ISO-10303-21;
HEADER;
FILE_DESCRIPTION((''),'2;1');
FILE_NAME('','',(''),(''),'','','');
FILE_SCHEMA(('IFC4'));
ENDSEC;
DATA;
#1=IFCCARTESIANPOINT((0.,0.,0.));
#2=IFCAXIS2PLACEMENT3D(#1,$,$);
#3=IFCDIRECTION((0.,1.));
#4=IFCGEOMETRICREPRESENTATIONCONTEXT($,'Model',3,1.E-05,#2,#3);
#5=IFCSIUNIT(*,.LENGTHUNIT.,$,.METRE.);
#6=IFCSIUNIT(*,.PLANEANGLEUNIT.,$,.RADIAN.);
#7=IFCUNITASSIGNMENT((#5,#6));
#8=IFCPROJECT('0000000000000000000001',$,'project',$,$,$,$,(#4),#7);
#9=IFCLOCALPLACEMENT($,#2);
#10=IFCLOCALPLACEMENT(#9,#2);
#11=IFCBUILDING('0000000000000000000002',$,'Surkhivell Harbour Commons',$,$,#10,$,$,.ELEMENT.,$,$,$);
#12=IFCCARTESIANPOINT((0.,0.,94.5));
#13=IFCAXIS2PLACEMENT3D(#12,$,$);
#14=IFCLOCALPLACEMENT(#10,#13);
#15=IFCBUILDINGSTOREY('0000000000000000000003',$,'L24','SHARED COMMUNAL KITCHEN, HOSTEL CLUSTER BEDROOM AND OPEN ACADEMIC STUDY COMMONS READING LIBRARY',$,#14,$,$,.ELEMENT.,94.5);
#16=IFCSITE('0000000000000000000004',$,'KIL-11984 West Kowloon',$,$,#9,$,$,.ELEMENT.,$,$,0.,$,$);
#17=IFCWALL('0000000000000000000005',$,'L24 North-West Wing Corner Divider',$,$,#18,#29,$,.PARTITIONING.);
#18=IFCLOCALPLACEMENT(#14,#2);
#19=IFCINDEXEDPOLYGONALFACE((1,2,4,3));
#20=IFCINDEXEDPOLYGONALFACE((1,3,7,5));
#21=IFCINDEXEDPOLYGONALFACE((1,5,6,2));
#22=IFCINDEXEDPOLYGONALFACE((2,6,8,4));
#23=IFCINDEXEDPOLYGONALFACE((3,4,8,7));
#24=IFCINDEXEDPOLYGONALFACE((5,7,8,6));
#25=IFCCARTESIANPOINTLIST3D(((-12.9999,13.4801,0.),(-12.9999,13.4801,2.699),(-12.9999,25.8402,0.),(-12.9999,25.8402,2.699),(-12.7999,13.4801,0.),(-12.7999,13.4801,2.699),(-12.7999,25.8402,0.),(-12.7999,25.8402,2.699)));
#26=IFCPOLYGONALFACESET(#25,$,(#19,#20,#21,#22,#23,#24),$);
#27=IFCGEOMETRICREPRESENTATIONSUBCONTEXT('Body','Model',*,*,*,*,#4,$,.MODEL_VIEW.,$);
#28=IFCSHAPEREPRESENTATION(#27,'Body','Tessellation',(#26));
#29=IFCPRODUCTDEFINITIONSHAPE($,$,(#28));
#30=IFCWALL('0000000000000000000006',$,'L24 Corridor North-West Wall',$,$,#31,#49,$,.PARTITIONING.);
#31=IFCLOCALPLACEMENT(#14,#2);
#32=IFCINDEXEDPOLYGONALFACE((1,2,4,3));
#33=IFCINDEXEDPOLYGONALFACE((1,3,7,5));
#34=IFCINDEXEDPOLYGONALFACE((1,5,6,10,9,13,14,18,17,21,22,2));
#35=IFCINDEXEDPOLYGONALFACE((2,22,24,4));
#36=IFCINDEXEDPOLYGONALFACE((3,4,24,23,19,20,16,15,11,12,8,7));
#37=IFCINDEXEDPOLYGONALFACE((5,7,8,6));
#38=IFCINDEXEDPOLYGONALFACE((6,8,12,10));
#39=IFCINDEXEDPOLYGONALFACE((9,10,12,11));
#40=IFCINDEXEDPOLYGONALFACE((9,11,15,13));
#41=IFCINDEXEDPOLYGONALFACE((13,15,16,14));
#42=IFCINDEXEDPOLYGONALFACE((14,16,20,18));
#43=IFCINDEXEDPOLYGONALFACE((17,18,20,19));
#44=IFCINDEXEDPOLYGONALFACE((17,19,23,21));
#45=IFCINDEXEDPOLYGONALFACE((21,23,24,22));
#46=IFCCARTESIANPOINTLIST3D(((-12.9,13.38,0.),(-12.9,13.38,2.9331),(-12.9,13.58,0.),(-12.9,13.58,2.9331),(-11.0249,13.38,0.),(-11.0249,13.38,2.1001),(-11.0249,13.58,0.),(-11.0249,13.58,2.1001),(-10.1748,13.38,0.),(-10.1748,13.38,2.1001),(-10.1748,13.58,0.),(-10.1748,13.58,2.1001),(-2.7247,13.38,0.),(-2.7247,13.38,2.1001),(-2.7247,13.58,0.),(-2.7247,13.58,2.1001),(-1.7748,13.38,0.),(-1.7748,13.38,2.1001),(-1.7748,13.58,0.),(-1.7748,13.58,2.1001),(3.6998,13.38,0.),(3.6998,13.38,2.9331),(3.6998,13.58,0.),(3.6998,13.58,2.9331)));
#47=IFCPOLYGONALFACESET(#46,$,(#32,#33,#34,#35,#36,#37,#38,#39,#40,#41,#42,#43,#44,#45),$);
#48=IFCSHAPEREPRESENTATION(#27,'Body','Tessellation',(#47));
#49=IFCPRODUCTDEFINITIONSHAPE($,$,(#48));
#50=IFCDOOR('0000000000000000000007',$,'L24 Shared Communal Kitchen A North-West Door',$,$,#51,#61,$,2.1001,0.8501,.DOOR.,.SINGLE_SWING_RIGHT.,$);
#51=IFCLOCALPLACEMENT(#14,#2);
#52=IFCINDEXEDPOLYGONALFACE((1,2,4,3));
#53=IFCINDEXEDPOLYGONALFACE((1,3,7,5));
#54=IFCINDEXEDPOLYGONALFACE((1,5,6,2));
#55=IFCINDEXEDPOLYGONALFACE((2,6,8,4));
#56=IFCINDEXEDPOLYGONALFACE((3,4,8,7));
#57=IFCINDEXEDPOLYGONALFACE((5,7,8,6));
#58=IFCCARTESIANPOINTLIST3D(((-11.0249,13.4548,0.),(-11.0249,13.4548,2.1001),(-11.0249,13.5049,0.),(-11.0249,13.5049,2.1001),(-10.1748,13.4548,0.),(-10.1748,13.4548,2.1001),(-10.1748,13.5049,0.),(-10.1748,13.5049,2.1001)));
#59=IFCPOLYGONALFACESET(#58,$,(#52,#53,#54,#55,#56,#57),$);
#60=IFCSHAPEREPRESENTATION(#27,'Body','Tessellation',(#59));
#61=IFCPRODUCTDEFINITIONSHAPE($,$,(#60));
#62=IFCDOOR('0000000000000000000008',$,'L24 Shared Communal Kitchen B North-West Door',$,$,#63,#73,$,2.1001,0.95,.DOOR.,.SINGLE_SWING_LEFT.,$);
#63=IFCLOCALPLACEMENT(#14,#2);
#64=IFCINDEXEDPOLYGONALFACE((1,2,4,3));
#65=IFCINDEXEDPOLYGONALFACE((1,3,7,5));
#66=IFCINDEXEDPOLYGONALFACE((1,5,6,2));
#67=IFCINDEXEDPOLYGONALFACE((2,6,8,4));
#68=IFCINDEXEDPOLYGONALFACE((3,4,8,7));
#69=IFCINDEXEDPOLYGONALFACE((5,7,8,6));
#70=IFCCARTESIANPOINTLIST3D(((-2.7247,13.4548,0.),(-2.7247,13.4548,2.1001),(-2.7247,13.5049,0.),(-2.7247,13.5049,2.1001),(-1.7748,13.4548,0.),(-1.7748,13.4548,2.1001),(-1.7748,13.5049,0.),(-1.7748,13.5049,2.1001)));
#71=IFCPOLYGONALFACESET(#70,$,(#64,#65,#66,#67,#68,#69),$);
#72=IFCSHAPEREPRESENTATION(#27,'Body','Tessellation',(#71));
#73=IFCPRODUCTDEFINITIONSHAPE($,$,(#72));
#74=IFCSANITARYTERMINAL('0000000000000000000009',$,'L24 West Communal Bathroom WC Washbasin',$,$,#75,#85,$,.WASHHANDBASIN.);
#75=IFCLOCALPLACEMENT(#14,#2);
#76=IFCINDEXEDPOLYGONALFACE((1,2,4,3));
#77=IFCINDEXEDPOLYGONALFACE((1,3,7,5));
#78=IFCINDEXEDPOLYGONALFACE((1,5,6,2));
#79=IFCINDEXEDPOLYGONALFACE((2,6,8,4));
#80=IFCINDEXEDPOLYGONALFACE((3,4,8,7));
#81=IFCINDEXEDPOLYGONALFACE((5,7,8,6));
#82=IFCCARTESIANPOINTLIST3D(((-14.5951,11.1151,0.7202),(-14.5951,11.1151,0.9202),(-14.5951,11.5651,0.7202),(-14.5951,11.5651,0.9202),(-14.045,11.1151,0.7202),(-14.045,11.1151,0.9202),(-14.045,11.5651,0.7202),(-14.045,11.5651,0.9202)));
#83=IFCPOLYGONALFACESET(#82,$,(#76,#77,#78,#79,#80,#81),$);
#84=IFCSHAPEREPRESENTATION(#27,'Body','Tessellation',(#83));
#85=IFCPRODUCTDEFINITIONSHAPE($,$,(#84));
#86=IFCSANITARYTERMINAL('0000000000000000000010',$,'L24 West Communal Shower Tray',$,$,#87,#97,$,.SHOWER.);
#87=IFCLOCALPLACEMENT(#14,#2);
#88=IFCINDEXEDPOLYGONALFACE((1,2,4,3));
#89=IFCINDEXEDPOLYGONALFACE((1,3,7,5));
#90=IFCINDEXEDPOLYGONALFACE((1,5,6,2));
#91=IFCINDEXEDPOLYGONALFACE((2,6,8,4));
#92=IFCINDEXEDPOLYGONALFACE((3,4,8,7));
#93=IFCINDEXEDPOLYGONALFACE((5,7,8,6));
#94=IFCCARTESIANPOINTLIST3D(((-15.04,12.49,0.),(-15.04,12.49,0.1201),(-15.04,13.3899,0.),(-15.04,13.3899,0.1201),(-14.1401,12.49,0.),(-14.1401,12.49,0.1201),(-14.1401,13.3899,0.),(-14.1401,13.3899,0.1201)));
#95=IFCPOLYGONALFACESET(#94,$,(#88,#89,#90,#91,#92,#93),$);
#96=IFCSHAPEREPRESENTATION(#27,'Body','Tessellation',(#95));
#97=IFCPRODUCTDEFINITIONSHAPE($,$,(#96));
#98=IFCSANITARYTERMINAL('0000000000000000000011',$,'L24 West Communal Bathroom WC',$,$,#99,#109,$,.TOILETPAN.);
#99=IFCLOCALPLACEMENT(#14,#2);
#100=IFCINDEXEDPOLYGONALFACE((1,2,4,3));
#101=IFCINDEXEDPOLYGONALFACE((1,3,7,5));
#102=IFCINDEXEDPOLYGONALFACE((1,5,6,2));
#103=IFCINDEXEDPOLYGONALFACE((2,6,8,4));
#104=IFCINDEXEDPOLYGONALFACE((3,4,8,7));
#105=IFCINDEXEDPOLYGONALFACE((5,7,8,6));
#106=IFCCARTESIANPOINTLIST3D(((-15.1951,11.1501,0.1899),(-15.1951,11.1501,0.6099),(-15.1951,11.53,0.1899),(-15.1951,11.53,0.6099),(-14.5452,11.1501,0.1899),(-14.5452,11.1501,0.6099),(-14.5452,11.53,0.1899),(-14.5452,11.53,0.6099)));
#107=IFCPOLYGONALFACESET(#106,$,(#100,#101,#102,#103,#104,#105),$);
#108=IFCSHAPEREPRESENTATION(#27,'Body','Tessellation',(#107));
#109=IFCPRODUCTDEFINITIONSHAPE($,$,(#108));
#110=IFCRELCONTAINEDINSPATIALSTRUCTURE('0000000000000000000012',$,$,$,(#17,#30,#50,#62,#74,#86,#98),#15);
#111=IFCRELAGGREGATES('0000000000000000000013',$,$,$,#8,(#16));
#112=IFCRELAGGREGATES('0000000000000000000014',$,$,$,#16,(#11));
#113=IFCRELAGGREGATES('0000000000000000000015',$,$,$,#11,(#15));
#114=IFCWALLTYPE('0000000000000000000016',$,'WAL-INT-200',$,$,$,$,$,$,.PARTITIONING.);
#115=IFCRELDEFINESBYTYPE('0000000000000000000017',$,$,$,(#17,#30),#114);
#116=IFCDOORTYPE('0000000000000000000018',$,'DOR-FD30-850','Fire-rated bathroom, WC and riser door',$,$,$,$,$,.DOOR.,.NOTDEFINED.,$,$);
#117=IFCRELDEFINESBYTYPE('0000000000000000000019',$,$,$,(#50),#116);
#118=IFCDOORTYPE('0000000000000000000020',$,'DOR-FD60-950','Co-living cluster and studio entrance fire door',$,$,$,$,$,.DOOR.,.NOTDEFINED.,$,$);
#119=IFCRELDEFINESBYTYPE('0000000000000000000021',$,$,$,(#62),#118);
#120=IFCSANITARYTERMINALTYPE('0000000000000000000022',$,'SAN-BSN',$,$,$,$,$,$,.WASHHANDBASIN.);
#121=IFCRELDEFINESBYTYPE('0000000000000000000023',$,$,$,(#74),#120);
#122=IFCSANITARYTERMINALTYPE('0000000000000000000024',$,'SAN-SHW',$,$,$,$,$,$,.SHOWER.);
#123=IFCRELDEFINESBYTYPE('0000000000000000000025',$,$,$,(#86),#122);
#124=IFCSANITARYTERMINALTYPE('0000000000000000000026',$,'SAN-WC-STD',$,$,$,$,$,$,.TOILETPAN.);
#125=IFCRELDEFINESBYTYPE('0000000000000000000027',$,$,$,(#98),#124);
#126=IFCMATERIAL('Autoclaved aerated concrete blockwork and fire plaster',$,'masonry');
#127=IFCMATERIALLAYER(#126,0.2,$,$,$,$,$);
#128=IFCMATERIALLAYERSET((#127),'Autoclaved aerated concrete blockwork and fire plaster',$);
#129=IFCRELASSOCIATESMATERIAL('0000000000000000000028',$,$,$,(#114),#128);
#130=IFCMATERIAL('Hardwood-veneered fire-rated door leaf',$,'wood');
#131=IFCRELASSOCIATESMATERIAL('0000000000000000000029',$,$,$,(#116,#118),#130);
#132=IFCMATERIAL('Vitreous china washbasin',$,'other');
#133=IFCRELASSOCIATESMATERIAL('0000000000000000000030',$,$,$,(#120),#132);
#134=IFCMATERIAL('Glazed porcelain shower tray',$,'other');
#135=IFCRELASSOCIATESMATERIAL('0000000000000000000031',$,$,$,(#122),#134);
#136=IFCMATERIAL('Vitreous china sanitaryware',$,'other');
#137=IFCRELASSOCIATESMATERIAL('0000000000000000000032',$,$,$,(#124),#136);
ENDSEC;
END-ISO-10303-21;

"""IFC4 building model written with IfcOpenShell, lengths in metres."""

from ifc_helpers import new_model, si_unit, direction, frame, frame_2d, origin, origin_2d, place, context, subcontext, project, spatial, rectangle, extrude, material, layer, layer_set, type_object, element, fill, save


model = new_model("IFC4")

# Units and contexts
model_context = context("Model", 3, precision=1e-05, world=origin(), true_north=direction((0.0, 1.0)))
body_context = subcontext(model_context, "Body", "Model", "MODEL_VIEW")
ifc_project = project(units=[si_unit("LENGTHUNIT", "METRE"), si_unit("PLANEANGLEUNIT", "RADIAN")], contexts=[model_context])

# Site, building, storey
site_placement = place(None, origin())
site = spatial("IfcSite", under=ifc_project, at=site_placement, Name="KIL-11984 West Kowloon", CompositionType="ELEMENT", RefElevation=0.0)
building_placement = place(site_placement, origin())
building = spatial("IfcBuilding", under=site, at=building_placement, Name="Surkhivell Harbour Commons", CompositionType="ELEMENT")
storey_placement = place(building_placement, frame((0.0, 0.0, 94.5)))
storey = spatial("IfcBuildingStorey", under=building, at=storey_placement, Name="L24", Description="SHARED COMMUNAL KITCHEN, HOSTEL CLUSTER BEDROOM AND OPEN ACADEMIC STUDY COMMONS READING LIBRARY", CompositionType="ELEMENT", Elevation=94.5)

# Shared definitions
ifc_material_1 = material(Name="Hardwood-veneered fire-rated door leaf", Category="wood")

# Wall
ifc_material_2 = material(Name="Autoclaved aerated concrete blockwork and fire plaster", Category="masonry")
ifc_layer_1 = layer(ifc_material_2, 0.2)
ifc_layer_set_1 = layer_set([ifc_layer_1], Name="Autoclaved aerated concrete blockwork and fire plaster")
wall_type_1 = type_object("IfcWallType", Name="WAL-INT-200", PredefinedType="PARTITIONING", material=ifc_layer_set_1)
wall_1_placement = place(storey_placement, frame((-12.8999, 13.48, 0.0), z_axis=(0.0, 0.0, 1.0), x_axis=(0.0, 1.0, 0.0)))
element("IfcWall", 1, at=wall_1_placement, inside=storey, type_object=wall_type_1, Name="L24 North-West Wing Corner Divider", PredefinedType="PARTITIONING", context=body_context, shape_type="SweptSolid", body=[
    extrude(rectangle(XDim=12.3601, YDim=0.2, at=frame_2d((6.1802, 0.0))), origin(), (0.0, 0.0, 1.0), 2.699),
])

# Wall, openings, doors
wall_2_placement = place(storey_placement, frame((-12.8999, 13.48, 0.0), z_axis=(0.0, 0.0, 1.0), x_axis=(1.0, 0.0, 0.0)))
wall_2 = element("IfcWall", 2, at=wall_2_placement, inside=storey, type_object=wall_type_1, Name="L24 Corridor North-West Wall", PredefinedType="PARTITIONING", context=body_context, shape_type="SweptSolid", body=[
    extrude(rectangle(XDim=16.5999, YDim=0.2, at=frame_2d((8.2998, 0.0))), origin(), (0.0, 0.0, 1.0), 2.9331),
])
opening_1_placement = place(wall_2_placement, frame((1.875, 0.0, 0.0)))
opening_1 = element("IfcOpeningElement", 3, at=opening_1_placement, cuts=wall_2, PredefinedType="OPENING", context=body_context, shape_type="SweptSolid", body=[
    extrude(rectangle(XDim=0.8501, YDim=2.1001, at=frame_2d((0.425, 1.05))), frame((0.0, 0.1099, 0.0), z_axis=(0.0, -1.0, 0.0), x_axis=(1.0, 0.0, 0.0)), (0.0, 0.0, 1.0), 0.22),
])
opening_2_placement = place(wall_2_placement, frame((10.175, 0.0, 0.0)))
opening_2 = element("IfcOpeningElement", 4, at=opening_2_placement, cuts=wall_2, PredefinedType="OPENING", context=body_context, shape_type="SweptSolid", body=[
    extrude(rectangle(XDim=0.95, YDim=2.1001, at=frame_2d((0.4751, 1.05))), frame((0.0, 0.1099, 0.0), z_axis=(0.0, -1.0, 0.0), x_axis=(1.0, 0.0, 0.0)), (0.0, 0.0, 1.0), 0.22),
])
door_type_1 = type_object("IfcDoorType", Name="DOR-FD30-850", Description="Fire-rated bathroom, WC and riser door", OperationType="NOTDEFINED", PredefinedType="DOOR", material=ifc_material_1)
door_1_placement = place(opening_1_placement, origin())
door_1 = element("IfcDoor", 5, at=door_1_placement, inside=storey, type_object=door_type_1, Name="L24 Shared Communal Kitchen A North-West Door", OperationType="SINGLE_SWING_RIGHT", OverallHeight=2.1001, OverallWidth=0.8501, PredefinedType="DOOR", context=body_context, shape_type="SweptSolid", body=[
    extrude(rectangle(XDim=0.8501, YDim=2.1001, at=frame_2d((0.425, 1.05))), frame((0.0, 0.0249, 0.0), z_axis=(0.0, -1.0, 0.0), x_axis=(1.0, 0.0, 0.0)), (0.0, 0.0, 1.0), 0.05),
])
fill(opening_1, door_1)
door_type_2 = type_object("IfcDoorType", Name="DOR-FD60-950", Description="Co-living cluster and studio entrance fire door", OperationType="NOTDEFINED", PredefinedType="DOOR", material=ifc_material_1)
door_2_placement = place(opening_2_placement, origin())
door_2 = element("IfcDoor", 6, at=door_2_placement, inside=storey, type_object=door_type_2, Name="L24 Shared Communal Kitchen B North-West Door", OperationType="SINGLE_SWING_LEFT", OverallHeight=2.1001, OverallWidth=0.95, PredefinedType="DOOR", context=body_context, shape_type="SweptSolid", body=[
    extrude(rectangle(XDim=0.95, YDim=2.1001, at=frame_2d((0.4751, 1.05))), frame((0.0, 0.0249, 0.0), z_axis=(0.0, -1.0, 0.0), x_axis=(1.0, 0.0, 0.0)), (0.0, 0.0, 1.0), 0.05),
])
fill(opening_2, door_2)

# Sanitary terminals
ifc_material_3 = material(Name="Vitreous china washbasin", Category="other")
sanitary_terminal_type_1 = type_object("IfcSanitaryTerminalType", Name="SAN-BSN", PredefinedType="WASHHANDBASIN", material=ifc_material_3)
sanitary_terminal_1_placement = place(storey_placement, frame((-14.3201, 11.3401, 0.7202), z_axis=(0.0, 0.0, 1.0), x_axis=(1.0, 0.0, 0.0)))
element("IfcSanitaryTerminal", 7, at=sanitary_terminal_1_placement, inside=storey, type_object=sanitary_terminal_type_1, Name="L24 West Communal Bathroom WC Washbasin", PredefinedType="WASHHANDBASIN", context=body_context, shape_type="SweptSolid", body=[
    extrude(rectangle(XDim=0.55, YDim=0.45, at=origin_2d()), origin(), (0.0, 0.0, 1.0), 0.2),
])
ifc_material_4 = material(Name="Glazed porcelain shower tray", Category="other")
sanitary_terminal_type_2 = type_object("IfcSanitaryTerminalType", Name="SAN-SHW", PredefinedType="SHOWER", material=ifc_material_4)
sanitary_terminal_2_placement = place(storey_placement, frame((-14.5901, 12.9399, 0.0), z_axis=(0.0, 0.0, 1.0), x_axis=(1.0, 0.0, 0.0)))
element("IfcSanitaryTerminal", 8, at=sanitary_terminal_2_placement, inside=storey, type_object=sanitary_terminal_type_2, Name="L24 West Communal Shower Tray", PredefinedType="SHOWER", context=body_context, shape_type="SweptSolid", body=[
    extrude(rectangle(XDim=0.8999, YDim=0.8999, at=origin_2d()), origin(), (0.0, 0.0, 1.0), 0.1201),
])
ifc_material_5 = material(Name="Vitreous china sanitaryware", Category="other")
sanitary_terminal_type_3 = type_object("IfcSanitaryTerminalType", Name="SAN-WC-STD", PredefinedType="TOILETPAN", material=ifc_material_5)
sanitary_terminal_3_placement = place(storey_placement, frame((-14.8701, 11.3401, 0.1899), z_axis=(0.0, 0.0, 1.0), x_axis=(1.0, 0.0, 0.0)))
element("IfcSanitaryTerminal", 9, at=sanitary_terminal_3_placement, inside=storey, type_object=sanitary_terminal_type_3, Name="L24 West Communal Bathroom WC", PredefinedType="TOILETPAN", context=body_context, shape_type="SweptSolid", body=[
    extrude(rectangle(XDim=0.6499, YDim=0.3799, at=origin_2d()), origin(), (0.0, 0.0, 1.0), 0.4199),
])

save(model, "model.ifc")
